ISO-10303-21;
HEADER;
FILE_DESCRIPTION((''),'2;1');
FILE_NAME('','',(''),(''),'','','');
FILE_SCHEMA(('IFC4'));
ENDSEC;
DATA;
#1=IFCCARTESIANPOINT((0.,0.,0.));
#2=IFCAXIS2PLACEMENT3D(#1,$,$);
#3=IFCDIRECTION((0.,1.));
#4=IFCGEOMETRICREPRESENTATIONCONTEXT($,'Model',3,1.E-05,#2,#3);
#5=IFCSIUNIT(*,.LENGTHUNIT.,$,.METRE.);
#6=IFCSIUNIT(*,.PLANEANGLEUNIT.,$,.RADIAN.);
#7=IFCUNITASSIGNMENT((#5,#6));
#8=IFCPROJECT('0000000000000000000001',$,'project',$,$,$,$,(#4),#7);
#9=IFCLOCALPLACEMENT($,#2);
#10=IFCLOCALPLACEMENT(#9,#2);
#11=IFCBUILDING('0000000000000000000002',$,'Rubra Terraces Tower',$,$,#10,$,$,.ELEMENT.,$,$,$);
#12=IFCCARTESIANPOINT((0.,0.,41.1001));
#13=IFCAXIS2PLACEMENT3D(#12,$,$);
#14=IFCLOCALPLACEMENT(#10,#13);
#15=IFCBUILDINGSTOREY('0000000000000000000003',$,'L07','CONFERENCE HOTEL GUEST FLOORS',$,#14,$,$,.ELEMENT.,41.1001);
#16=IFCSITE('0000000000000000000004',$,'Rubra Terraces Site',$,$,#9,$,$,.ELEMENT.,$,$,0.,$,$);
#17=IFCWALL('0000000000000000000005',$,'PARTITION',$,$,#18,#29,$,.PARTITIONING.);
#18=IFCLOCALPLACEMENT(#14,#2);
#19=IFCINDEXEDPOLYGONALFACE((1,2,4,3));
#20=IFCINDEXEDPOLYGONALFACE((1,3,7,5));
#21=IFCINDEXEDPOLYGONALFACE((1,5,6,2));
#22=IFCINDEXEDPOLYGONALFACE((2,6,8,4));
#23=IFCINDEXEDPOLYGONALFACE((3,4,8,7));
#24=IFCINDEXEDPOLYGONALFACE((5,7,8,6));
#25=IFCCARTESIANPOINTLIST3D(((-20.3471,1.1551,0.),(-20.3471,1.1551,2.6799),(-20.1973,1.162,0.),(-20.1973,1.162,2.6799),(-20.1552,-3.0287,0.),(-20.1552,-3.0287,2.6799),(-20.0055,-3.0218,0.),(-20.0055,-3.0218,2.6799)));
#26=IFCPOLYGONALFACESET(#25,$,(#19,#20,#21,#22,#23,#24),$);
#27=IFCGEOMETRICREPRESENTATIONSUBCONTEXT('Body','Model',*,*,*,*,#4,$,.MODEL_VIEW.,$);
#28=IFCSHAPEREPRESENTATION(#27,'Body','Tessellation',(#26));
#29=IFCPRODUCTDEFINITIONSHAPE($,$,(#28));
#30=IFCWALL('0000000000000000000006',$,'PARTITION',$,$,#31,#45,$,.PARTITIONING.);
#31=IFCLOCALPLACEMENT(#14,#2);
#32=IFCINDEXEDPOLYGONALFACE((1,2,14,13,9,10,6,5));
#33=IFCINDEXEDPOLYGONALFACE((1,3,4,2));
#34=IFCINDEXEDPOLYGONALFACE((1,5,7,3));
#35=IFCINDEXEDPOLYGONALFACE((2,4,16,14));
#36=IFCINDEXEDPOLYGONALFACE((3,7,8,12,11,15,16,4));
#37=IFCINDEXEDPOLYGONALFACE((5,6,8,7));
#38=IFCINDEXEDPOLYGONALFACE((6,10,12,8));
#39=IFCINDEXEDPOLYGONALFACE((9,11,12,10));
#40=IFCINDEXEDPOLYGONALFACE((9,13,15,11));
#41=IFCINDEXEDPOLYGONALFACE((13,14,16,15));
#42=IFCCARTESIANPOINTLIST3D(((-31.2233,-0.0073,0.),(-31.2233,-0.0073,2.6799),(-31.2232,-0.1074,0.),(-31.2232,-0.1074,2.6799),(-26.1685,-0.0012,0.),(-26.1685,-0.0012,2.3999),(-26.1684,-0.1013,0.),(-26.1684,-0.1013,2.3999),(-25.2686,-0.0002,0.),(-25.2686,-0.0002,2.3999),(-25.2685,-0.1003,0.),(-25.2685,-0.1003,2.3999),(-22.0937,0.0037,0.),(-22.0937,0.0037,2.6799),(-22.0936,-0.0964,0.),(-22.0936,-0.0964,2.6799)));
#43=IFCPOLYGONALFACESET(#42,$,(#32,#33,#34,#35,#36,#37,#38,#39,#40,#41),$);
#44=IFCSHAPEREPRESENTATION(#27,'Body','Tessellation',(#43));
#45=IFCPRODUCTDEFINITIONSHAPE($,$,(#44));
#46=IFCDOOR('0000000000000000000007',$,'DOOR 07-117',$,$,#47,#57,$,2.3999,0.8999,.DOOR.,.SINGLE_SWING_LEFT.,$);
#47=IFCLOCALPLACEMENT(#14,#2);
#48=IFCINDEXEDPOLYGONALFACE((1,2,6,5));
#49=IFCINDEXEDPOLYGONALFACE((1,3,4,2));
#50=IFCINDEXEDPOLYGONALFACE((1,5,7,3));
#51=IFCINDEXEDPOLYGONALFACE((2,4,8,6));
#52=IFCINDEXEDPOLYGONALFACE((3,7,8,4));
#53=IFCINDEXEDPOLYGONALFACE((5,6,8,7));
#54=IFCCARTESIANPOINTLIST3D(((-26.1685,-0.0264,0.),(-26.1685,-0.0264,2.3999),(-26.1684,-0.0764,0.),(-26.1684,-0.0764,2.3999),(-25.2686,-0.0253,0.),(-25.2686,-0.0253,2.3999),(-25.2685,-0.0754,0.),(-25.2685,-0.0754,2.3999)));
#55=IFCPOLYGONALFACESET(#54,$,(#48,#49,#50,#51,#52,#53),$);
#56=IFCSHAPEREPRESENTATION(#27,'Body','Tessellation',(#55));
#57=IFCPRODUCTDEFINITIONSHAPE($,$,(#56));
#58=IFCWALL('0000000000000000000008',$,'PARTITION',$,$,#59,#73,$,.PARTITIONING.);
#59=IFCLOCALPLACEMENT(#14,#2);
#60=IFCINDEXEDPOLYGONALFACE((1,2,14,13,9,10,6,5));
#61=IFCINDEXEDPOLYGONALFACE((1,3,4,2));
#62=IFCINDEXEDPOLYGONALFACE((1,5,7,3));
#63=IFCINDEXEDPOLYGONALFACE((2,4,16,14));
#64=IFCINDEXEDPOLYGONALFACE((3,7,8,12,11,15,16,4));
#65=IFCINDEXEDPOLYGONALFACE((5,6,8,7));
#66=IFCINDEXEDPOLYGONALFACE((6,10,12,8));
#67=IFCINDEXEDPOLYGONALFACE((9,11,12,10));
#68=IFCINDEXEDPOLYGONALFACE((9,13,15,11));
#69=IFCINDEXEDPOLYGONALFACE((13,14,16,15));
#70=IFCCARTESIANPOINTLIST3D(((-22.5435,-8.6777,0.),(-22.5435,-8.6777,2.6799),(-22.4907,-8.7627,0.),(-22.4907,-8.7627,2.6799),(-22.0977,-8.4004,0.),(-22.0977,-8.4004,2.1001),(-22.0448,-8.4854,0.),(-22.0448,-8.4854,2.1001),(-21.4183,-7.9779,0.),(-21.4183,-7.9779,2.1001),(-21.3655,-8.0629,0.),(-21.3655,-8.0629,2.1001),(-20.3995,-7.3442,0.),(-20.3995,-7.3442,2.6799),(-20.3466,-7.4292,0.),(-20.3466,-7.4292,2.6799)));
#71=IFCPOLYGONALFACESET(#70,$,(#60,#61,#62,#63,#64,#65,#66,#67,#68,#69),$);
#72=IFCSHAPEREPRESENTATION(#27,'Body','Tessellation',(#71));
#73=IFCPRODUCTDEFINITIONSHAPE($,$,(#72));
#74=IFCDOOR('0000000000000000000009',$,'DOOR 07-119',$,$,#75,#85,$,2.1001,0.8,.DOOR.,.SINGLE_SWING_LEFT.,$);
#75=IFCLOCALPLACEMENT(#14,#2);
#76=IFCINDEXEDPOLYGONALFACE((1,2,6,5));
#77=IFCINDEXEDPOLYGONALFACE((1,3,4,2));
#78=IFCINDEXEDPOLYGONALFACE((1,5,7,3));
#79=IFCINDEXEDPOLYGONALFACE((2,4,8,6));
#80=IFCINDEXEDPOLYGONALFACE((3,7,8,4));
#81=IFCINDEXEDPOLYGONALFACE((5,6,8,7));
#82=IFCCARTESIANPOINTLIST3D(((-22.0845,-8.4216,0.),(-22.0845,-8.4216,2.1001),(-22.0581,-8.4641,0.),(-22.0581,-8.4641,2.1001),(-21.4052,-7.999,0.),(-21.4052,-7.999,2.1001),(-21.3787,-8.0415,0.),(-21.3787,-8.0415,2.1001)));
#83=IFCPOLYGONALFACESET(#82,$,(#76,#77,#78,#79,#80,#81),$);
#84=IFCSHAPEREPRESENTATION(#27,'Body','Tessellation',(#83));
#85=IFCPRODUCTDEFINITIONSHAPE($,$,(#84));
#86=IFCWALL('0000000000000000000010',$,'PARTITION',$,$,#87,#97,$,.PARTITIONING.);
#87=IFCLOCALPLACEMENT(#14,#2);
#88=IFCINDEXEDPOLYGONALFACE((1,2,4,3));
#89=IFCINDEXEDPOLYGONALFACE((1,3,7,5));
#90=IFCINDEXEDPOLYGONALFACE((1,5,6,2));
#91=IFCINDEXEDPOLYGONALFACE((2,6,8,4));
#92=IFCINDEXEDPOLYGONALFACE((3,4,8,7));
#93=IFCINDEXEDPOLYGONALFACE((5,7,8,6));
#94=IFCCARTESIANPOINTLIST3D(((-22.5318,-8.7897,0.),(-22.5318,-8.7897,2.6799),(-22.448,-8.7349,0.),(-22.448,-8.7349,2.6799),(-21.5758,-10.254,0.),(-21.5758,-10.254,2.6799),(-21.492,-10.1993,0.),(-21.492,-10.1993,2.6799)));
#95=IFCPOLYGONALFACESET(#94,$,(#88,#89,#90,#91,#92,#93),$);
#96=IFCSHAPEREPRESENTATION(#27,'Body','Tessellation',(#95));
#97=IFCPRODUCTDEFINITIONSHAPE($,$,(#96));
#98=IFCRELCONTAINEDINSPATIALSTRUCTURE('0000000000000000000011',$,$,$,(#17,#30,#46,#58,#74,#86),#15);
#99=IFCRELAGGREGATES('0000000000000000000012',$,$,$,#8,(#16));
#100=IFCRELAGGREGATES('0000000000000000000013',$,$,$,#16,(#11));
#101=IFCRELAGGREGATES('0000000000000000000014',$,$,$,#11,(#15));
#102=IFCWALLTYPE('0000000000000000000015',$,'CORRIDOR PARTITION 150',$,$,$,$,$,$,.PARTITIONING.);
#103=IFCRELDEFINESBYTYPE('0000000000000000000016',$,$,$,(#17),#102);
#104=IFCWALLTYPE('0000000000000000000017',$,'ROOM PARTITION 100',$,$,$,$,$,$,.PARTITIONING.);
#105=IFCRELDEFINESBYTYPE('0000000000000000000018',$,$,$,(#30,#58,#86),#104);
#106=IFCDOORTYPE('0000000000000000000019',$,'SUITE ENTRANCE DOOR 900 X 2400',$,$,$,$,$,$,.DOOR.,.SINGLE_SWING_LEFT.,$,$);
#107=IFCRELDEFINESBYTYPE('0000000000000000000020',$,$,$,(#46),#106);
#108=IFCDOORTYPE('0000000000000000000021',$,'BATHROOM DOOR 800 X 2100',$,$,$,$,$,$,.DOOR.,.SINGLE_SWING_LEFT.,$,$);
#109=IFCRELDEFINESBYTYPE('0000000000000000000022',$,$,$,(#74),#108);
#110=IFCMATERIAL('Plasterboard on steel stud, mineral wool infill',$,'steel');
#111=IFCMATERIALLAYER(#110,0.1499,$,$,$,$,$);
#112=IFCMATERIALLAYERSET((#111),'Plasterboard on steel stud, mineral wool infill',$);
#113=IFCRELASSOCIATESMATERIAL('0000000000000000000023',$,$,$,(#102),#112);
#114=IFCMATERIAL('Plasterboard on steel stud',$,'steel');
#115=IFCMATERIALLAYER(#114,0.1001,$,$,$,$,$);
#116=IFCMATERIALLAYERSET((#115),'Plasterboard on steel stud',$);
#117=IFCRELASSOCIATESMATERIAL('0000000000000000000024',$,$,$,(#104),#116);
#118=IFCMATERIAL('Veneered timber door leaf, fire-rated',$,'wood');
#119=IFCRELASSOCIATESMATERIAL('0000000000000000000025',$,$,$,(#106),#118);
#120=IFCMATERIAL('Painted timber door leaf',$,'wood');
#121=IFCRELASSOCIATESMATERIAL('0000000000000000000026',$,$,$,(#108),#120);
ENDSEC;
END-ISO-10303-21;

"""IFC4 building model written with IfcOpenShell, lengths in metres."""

from ifc_helpers import new_model, si_unit, direction, frame, frame_2d, origin, place, context, subcontext, project, spatial, rectangle, extrude, material, layer, layer_set, type_object, element, fill, save


model = new_model("IFC4")

# Units and contexts
model_context = context("Model", 3, precision=1e-05, world=origin(), true_north=direction((0.0, 1.0)))
body_context = subcontext(model_context, "Body", "Model", "MODEL_VIEW")
ifc_project = project(units=[si_unit("LENGTHUNIT", "METRE"), si_unit("PLANEANGLEUNIT", "RADIAN")], contexts=[model_context])

# Site, building, storey
site_placement = place(None, origin())
site = spatial("IfcSite", under=ifc_project, at=site_placement, Name="Rubra Terraces Site", CompositionType="ELEMENT", RefElevation=0.0)
building_placement = place(site_placement, origin())
building = spatial("IfcBuilding", under=site, at=building_placement, Name="Rubra Terraces Tower", CompositionType="ELEMENT")
storey_placement = place(building_placement, frame((0.0, 0.0, 41.1001)))
storey = spatial("IfcBuildingStorey", under=building, at=storey_placement, Name="L07", Description="CONFERENCE HOTEL GUEST FLOORS", CompositionType="ELEMENT", Elevation=41.1001)

# Shared definitions
ifc_material_1 = material(Name="Plasterboard on steel stud, mineral wool infill", Category="steel")
ifc_layer_1 = layer(ifc_material_1, 0.1499)
ifc_layer_set_1 = layer_set([ifc_layer_1], Name="Plasterboard on steel stud, mineral wool infill")
wall_type_1 = type_object("IfcWallType", Name="CORRIDOR PARTITION 150", PredefinedType="PARTITIONING", material=ifc_layer_set_1)

# Shared definitions
ifc_material_2 = material(Name="Painted timber door leaf", Category="wood")

# Wall
wall_1_placement = place(storey_placement, frame((-20.0803, -3.0254, 0.0), z_axis=(0.0, 0.0, 1.0), x_axis=(-0.045818, 0.99895, 0.0)))
element("IfcWall", 1, at=wall_1_placement, inside=storey, type_object=wall_type_1, Name="PARTITION", PredefinedType="PARTITIONING", context=body_context, shape_type="SweptSolid", body=[
    extrude(rectangle(XDim=4.1882, YDim=0.1499, at=frame_2d((2.0942, 0.0))), origin(), (0.0, 0.0, 1.0), 2.6799),
])

# Walls, openings, doors
ifc_material_3 = material(Name="Plasterboard on steel stud", Category="steel")
ifc_layer_2 = layer(ifc_material_3, 0.1001)
ifc_layer_set_2 = layer_set([ifc_layer_2], Name="Plasterboard on steel stud")
wall_type_2 = type_object("IfcWallType", Name="ROOM PARTITION 100", PredefinedType="PARTITIONING", material=ifc_layer_set_2)
wall_2_placement = place(storey_placement, frame((-31.2234, -0.0574, 0.0), z_axis=(0.0, 0.0, 1.0), x_axis=(0.999999, 0.001203, 0.0)))
wall_2 = element("IfcWall", 2, at=wall_2_placement, inside=storey, type_object=wall_type_2, Name="PARTITION", PredefinedType="PARTITIONING", context=body_context, shape_type="SweptSolid", body=[
    extrude(rectangle(XDim=9.1296, YDim=0.1001, at=frame_2d((4.5649, 0.0))), origin(), (0.0, 0.0, 1.0), 2.6799),
])
opening_1_placement = place(wall_2_placement, frame((5.0549, 0.0, 0.0)))
opening_1 = element("IfcOpeningElement", 3, at=opening_1_placement, cuts=wall_2, PredefinedType="OPENING", context=body_context, shape_type="SweptSolid", body=[
    extrude(rectangle(XDim=0.8999, YDim=2.3999, at=frame_2d((0.45, 1.2))), frame((0.0, 0.0601, 0.0), z_axis=(0.0, -1.0, 0.0), x_axis=(1.0, 0.0, 0.0)), (0.0, 0.0, 1.0), 0.1201),
])
ifc_material_4 = material(Name="Veneered timber door leaf, fire-rated", Category="wood")
door_type_1 = type_object("IfcDoorType", Name="SUITE ENTRANCE DOOR 900 X 2400", OperationType="SINGLE_SWING_LEFT", PredefinedType="DOOR", material=ifc_material_4)
door_1_placement = place(opening_1_placement, origin())
door_1 = element("IfcDoor", 4, at=door_1_placement, inside=storey, type_object=door_type_1, Name="DOOR 07-117", OperationType="SINGLE_SWING_LEFT", OverallHeight=2.3999, OverallWidth=0.8999, PredefinedType="DOOR", context=body_context, shape_type="SweptSolid", body=[
    extrude(rectangle(XDim=0.8999, YDim=2.3999, at=frame_2d((0.45, 1.2))), frame((0.0, 0.0249, 0.0), z_axis=(0.0, -1.0, 0.0), x_axis=(1.0, 0.0, 0.0)), (0.0, 0.0, 1.0), 0.05),
])
fill(opening_1, door_1)
wall_3_placement = place(storey_placement, frame((-20.373, -7.3867, 0.0), z_axis=(0.0, 0.0, 1.0), x_axis=(-0.849159, -0.528138, 0.0)))
wall_3 = element("IfcWall", 5, at=wall_3_placement, inside=storey, type_object=wall_type_2, Name="PARTITION", PredefinedType="PARTITIONING", context=body_context, shape_type="SweptSolid", body=[
    extrude(rectangle(XDim=2.5249, YDim=0.1001, at=frame_2d((1.2625, 0.0))), origin(), (0.0, 0.0, 1.0), 2.6799),
])
opening_2_placement = place(wall_3_placement, frame((1.2, 0.0, 0.0)))
opening_2 = element("IfcOpeningElement", 6, at=opening_2_placement, cuts=wall_3, PredefinedType="OPENING", context=body_context, shape_type="SweptSolid", body=[
    extrude(rectangle(XDim=0.8, YDim=2.1001, at=frame_2d((0.3999, 1.05))), frame((0.0, 0.0601, 0.0), z_axis=(0.0, -1.0, 0.0), x_axis=(1.0, 0.0, 0.0)), (0.0, 0.0, 1.0), 0.1201),
])
door_type_2 = type_object("IfcDoorType", Name="BATHROOM DOOR 800 X 2100", OperationType="SINGLE_SWING_LEFT", PredefinedType="DOOR", material=ifc_material_2)
door_2_placement = place(opening_2_placement, origin())
door_2 = element("IfcDoor", 7, at=door_2_placement, inside=storey, type_object=door_type_2, Name="DOOR 07-119", OperationType="SINGLE_SWING_LEFT", OverallHeight=2.1001, OverallWidth=0.8, PredefinedType="DOOR", context=body_context, shape_type="SweptSolid", body=[
    extrude(rectangle(XDim=0.8, YDim=2.1001, at=frame_2d((0.3999, 1.05))), frame((0.0, 0.0249, 0.0), z_axis=(0.0, -1.0, 0.0), x_axis=(1.0, 0.0, 0.0)), (0.0, 0.0, 1.0), 0.05),
])
fill(opening_2, door_2)

# Wall
wall_4_placement = place(storey_placement, frame((-22.49, -8.7622, 0.0), z_axis=(0.0, 0.0, 1.0), x_axis=(0.546685, -0.837338, 0.0)))
element("IfcWall", 8, at=wall_4_placement, inside=storey, type_object=wall_type_2, Name="PARTITION", PredefinedType="PARTITIONING", context=body_context, shape_type="SweptSolid", body=[
    extrude(rectangle(XDim=1.7488, YDim=0.1001, at=frame_2d((0.8745, 0.0))), origin(), (0.0, 0.0, 1.0), 2.6799),
])

save(model, "model.ifc")
